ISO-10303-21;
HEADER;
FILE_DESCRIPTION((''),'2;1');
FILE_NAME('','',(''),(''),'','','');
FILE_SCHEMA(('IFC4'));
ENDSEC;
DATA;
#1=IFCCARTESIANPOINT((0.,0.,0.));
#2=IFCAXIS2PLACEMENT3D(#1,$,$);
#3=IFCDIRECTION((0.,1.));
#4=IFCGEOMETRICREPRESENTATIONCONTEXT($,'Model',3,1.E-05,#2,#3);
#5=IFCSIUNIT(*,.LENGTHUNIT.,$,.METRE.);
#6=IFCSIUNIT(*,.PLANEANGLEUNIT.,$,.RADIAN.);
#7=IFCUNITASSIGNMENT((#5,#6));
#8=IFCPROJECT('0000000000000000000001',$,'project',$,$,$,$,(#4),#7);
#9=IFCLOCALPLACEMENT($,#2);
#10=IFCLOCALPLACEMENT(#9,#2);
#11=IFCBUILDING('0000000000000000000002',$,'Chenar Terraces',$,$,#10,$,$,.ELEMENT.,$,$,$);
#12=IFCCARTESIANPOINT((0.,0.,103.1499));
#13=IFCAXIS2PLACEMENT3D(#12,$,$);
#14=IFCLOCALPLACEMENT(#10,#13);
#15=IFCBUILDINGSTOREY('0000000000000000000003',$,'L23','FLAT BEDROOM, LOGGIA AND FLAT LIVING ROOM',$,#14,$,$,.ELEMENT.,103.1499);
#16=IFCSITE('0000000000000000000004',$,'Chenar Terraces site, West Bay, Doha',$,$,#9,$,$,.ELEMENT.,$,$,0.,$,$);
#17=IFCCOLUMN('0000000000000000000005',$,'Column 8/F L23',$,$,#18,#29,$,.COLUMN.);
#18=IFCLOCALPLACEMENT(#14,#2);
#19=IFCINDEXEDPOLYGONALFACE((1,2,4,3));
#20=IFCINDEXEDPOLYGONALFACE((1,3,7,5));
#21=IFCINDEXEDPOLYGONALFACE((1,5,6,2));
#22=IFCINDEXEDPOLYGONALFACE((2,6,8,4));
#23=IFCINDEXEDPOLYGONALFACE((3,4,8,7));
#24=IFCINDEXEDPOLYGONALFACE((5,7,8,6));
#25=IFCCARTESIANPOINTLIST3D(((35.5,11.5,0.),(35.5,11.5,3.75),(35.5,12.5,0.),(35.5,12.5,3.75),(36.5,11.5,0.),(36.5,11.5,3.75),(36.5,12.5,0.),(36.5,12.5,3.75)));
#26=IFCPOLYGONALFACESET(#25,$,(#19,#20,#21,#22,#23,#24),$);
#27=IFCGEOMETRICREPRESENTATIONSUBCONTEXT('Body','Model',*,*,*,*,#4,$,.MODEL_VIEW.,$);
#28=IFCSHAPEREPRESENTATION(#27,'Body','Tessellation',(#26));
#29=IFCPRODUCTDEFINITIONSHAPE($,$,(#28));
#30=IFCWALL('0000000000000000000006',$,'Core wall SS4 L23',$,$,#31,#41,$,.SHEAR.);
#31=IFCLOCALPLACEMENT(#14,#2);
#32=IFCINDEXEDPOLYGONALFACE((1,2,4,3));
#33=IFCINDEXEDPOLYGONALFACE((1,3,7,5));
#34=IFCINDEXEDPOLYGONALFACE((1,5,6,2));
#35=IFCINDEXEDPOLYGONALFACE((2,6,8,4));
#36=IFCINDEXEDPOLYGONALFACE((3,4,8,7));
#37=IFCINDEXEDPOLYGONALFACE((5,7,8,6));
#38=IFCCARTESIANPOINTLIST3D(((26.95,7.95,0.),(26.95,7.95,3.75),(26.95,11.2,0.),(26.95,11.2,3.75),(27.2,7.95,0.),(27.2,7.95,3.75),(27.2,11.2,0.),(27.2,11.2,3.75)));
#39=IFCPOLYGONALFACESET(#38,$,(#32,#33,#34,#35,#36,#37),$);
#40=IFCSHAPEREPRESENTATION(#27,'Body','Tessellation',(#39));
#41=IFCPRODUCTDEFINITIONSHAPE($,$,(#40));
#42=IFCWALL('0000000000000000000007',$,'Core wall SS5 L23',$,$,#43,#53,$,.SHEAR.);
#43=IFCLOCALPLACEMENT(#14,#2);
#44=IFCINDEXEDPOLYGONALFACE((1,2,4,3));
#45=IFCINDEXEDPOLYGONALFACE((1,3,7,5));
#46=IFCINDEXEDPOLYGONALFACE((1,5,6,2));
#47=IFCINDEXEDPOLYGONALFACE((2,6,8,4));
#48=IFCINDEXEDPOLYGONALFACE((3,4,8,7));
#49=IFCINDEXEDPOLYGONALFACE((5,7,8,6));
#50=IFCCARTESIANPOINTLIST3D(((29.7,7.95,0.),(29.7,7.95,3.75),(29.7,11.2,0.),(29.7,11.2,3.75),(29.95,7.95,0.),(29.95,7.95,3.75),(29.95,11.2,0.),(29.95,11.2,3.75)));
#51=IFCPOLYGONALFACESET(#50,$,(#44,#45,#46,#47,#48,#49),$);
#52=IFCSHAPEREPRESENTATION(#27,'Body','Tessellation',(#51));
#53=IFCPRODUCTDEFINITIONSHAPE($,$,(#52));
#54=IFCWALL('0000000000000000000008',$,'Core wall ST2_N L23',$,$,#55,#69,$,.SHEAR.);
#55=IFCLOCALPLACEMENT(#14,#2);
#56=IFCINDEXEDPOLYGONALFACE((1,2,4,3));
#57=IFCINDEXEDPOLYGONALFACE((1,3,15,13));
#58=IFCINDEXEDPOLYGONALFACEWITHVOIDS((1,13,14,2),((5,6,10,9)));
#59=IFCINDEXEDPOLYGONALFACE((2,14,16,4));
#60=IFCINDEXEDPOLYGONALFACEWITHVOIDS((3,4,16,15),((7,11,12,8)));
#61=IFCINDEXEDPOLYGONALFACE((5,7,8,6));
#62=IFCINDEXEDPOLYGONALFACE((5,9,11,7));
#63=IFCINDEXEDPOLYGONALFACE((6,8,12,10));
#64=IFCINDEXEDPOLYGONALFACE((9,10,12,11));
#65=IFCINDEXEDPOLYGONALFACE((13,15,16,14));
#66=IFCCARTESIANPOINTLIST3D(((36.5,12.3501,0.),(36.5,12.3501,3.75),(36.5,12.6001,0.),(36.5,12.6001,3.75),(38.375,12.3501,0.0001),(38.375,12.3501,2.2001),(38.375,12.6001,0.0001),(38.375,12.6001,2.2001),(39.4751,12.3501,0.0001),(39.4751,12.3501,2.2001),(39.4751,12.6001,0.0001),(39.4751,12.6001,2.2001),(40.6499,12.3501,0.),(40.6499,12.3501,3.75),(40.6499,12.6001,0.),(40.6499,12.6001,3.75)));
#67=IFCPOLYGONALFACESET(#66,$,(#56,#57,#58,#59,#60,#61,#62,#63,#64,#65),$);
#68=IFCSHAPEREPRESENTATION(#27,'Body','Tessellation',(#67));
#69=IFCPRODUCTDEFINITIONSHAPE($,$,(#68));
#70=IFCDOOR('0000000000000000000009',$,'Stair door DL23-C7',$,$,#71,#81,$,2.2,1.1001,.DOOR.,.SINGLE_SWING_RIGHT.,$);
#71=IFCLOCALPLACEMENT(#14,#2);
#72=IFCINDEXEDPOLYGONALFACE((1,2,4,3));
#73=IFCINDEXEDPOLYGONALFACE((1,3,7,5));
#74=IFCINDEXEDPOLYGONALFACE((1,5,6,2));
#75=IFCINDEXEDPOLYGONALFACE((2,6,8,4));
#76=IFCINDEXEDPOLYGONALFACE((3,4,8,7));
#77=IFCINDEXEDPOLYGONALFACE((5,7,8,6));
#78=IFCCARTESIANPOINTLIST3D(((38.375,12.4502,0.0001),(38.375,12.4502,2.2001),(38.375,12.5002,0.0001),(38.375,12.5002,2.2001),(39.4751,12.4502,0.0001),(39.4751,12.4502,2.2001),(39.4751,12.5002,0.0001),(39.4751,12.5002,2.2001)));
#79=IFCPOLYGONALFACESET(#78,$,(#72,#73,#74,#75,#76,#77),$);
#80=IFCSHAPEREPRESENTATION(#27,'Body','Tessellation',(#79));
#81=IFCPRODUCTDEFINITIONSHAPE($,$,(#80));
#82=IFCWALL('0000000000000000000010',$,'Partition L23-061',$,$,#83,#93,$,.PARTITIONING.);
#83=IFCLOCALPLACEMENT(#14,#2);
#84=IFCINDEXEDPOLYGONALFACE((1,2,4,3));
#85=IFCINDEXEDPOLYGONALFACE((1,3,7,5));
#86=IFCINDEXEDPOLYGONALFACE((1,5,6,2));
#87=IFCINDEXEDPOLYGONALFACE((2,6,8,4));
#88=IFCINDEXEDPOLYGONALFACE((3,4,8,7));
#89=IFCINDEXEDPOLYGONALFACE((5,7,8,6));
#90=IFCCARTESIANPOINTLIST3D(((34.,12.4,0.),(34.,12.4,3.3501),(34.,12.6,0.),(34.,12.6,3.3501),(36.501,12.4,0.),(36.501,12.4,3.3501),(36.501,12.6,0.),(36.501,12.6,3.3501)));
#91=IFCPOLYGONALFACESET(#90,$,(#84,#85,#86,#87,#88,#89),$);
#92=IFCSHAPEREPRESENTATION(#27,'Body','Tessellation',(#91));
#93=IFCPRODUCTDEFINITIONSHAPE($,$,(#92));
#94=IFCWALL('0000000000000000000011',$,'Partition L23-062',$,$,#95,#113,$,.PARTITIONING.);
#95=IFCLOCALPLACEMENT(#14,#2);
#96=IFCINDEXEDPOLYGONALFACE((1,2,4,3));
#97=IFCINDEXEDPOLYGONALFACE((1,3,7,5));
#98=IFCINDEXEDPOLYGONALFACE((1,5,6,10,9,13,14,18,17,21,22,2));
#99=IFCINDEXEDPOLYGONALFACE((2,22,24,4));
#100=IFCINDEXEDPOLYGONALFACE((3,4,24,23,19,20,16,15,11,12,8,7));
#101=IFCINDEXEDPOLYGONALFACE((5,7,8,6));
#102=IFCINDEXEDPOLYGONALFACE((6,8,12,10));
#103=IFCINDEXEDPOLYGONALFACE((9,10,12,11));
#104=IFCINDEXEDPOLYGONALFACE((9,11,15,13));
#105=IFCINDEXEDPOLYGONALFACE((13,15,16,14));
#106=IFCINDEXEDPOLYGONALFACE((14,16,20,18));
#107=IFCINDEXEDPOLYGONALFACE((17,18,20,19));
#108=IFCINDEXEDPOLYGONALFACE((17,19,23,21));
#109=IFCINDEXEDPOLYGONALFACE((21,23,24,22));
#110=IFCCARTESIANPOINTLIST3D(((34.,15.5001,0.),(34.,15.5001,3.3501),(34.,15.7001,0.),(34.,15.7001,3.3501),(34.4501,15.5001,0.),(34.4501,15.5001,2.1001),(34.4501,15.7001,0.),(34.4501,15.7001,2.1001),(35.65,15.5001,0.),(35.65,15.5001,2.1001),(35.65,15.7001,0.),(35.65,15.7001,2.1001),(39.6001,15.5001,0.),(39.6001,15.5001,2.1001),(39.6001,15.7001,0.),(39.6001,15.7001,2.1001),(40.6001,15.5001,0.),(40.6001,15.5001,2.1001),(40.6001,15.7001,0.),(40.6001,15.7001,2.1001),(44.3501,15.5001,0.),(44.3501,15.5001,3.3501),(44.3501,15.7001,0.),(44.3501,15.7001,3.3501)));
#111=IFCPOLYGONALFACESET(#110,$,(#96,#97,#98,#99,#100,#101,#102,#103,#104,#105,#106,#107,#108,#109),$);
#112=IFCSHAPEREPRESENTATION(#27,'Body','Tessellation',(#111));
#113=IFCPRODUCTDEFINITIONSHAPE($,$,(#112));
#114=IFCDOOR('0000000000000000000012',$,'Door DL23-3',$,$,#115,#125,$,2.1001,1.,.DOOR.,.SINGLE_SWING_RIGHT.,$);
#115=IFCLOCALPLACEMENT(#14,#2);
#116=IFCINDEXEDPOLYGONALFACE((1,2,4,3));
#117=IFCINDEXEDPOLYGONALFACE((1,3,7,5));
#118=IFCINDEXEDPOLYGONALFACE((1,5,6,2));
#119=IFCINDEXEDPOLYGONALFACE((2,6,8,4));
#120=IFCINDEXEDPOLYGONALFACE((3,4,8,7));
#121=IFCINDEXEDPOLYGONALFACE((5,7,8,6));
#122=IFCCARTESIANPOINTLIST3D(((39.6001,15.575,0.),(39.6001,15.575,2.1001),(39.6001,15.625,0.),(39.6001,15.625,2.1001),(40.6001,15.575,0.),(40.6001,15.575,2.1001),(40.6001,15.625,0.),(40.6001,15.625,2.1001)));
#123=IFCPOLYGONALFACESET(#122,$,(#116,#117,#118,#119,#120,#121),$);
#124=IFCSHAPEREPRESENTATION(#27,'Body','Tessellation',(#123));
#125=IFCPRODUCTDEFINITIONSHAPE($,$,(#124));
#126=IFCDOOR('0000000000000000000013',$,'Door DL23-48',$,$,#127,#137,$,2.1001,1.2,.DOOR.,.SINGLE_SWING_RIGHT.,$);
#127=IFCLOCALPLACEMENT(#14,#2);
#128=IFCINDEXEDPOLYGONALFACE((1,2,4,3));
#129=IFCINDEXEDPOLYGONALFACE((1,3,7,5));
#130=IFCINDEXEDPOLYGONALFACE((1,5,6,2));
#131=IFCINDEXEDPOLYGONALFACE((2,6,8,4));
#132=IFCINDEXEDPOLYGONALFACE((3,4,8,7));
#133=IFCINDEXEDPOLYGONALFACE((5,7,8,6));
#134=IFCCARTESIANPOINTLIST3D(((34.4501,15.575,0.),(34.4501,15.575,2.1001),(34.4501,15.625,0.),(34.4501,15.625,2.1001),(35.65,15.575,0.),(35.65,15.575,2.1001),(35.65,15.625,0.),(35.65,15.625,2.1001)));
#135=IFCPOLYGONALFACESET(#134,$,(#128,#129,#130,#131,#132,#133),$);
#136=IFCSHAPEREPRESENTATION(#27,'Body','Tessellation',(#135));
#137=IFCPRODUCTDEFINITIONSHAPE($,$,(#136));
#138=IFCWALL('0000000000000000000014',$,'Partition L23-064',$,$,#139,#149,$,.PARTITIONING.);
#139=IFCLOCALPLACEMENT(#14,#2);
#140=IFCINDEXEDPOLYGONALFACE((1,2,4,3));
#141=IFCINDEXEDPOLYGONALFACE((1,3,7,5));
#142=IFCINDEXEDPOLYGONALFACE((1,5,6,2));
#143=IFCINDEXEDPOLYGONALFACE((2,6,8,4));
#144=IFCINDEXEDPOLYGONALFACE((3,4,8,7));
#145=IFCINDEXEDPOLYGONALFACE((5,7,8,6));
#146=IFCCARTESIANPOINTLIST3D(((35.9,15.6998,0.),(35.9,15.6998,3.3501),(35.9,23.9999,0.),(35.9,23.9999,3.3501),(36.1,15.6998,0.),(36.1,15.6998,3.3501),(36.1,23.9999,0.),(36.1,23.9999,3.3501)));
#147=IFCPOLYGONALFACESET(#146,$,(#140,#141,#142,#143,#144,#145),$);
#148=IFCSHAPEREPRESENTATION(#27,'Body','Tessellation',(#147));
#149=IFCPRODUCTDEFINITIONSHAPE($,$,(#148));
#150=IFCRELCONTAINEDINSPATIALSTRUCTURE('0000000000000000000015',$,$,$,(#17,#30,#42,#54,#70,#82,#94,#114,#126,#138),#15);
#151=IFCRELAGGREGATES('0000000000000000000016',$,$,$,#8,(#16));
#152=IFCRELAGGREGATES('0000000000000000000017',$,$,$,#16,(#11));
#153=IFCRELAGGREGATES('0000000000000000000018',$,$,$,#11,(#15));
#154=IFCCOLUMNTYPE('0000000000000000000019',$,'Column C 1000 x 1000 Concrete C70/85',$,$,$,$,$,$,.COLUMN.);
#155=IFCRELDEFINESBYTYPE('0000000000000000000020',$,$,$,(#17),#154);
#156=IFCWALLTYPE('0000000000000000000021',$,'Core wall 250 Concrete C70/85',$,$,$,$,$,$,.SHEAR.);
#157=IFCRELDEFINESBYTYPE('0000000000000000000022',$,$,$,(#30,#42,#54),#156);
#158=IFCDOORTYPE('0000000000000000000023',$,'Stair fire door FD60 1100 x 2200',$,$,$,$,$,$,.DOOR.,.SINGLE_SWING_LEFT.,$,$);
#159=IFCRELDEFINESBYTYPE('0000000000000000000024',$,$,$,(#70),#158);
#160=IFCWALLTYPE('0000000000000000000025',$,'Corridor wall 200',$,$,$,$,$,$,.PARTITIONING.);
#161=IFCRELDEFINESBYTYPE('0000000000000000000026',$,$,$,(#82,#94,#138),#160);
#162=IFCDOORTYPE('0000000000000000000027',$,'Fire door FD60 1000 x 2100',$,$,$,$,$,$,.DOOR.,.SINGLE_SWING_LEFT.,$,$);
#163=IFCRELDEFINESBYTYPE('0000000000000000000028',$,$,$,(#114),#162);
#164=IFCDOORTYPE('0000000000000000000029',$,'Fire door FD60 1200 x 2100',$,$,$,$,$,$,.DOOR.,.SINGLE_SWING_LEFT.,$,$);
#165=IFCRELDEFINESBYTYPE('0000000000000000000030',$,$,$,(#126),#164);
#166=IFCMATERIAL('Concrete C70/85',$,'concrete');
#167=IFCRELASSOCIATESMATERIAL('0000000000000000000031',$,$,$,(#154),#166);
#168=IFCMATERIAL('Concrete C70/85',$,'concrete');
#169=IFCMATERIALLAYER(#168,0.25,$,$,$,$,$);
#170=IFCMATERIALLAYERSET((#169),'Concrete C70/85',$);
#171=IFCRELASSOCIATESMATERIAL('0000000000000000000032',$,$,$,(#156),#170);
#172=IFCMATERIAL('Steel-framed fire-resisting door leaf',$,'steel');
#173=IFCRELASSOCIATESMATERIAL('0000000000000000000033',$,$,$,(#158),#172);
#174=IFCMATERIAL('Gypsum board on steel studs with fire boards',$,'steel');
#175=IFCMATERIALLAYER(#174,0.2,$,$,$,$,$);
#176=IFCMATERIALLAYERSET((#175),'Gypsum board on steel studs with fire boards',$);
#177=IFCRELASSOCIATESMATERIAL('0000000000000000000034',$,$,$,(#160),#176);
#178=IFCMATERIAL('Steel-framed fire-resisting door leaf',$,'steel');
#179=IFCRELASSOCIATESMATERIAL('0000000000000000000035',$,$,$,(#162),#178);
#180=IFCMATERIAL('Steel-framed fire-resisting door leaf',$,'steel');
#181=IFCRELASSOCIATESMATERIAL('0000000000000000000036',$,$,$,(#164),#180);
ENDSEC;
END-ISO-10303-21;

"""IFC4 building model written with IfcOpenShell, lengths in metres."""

from ifc_helpers import new_model, si_unit, direction, frame, frame_2d, origin, origin_2d, place, context, subcontext, project, spatial, rectangle, extrude, material, layer, layer_set, material_profile, profile_set, type_object, element, fill, save


model = new_model("IFC4")

# Units and contexts
model_context = context("Model", 3, precision=1e-05, world=origin(), true_north=direction((0.0, 1.0)))
body_context = subcontext(model_context, "Body", "Model", "MODEL_VIEW")
ifc_project = project(units=[si_unit("LENGTHUNIT", "METRE"), si_unit("PLANEANGLEUNIT", "RADIAN")], contexts=[model_context])

# Site, building, storey
site_placement = place(None, origin())
site = spatial("IfcSite", under=ifc_project, at=site_placement, Name="Chenar Terraces site, West Bay, Doha", CompositionType="ELEMENT", RefElevation=0.0)
building_placement = place(site_placement, origin())
building = spatial("IfcBuilding", under=site, at=building_placement, Name="Chenar Terraces", CompositionType="ELEMENT")
storey_placement = place(building_placement, frame((0.0, 0.0, 103.1499)))
storey = spatial("IfcBuildingStorey", under=building, at=storey_placement, Name="L23", Description="FLAT BEDROOM, LOGGIA AND FLAT LIVING ROOM", CompositionType="ELEMENT", Elevation=103.1499)

# Column
ifc_material_1 = material(Name="Concrete C70/85", Category="concrete")
ifc_material_profile = material_profile(ifc_material_1, rectangle(XDim=1.0, YDim=1.0, at=origin_2d()), Name="C 1000 x 1000")
ifc_profile_set = profile_set([ifc_material_profile], Name="Concrete C70/85")
column_type = type_object("IfcColumnType", Name="Column C 1000 x 1000 Concrete C70/85", PredefinedType="COLUMN", material=ifc_profile_set)
column_placement = place(storey_placement, frame((36.0, 12.0, 0.0), z_axis=(0.0, 0.0, 1.0), x_axis=(1.0, 0.0, 0.0)))
element("IfcColumn", 1, at=column_placement, inside=storey, type_object=column_type, Name="Column 8/F L23", PredefinedType="COLUMN", context=body_context, shape_type="SweptSolid", body=[
    extrude(rectangle(XDim=1.0, YDim=1.0, at=origin_2d()), origin(), (0.0, 0.0, 1.0), 3.75),
])

# Walls
ifc_material_2 = material(Name="Concrete C70/85", Category="concrete")
ifc_layer_1 = layer(ifc_material_2, 0.25)
ifc_layer_set_1 = layer_set([ifc_layer_1], Name="Concrete C70/85")
wall_type_1 = type_object("IfcWallType", Name="Core wall 250 Concrete C70/85", PredefinedType="SHEAR", material=ifc_layer_set_1)
for number, where, z_axis, x_axis, name in (
    (2, (27.075, 7.95, 0.0), (0.0, 0.0, 1.0), (0.0, 1.0, 0.0), "Core wall SS4 L23"),
    (3, (29.825, 7.95, 0.0), (0.0, 0.0, 1.0), (0.0, 1.0, 0.0), "Core wall SS5 L23"),
):
    element("IfcWall", number, at=place(storey_placement, frame(where, z_axis=z_axis, x_axis=x_axis)), inside=storey, type_object=wall_type_1, Name=name, PredefinedType="SHEAR", context=body_context, shape_type="SweptSolid", body=[
        extrude(rectangle(XDim=3.25, YDim=0.25, at=frame_2d((1.625, 0.0))), origin(), (0.0, 0.0, 1.0), 3.75),
    ])

# Wall, opening, door
wall_1_placement = place(storey_placement, frame((36.5, 12.4751, 0.0), z_axis=(0.0, 0.0, 1.0), x_axis=(1.0, 0.0, 0.0)))
wall_1 = element("IfcWall", 4, at=wall_1_placement, inside=storey, type_object=wall_type_1, Name="Core wall ST2_N L23", PredefinedType="SHEAR", context=body_context, shape_type="SweptSolid", body=[
    extrude(rectangle(XDim=4.1499, YDim=0.25, at=frame_2d((2.075, 0.0))), origin(), (0.0, 0.0, 1.0), 3.75),
])
opening_1_placement = place(wall_1_placement, frame((1.875, 0.0, 0.0)))
opening_1 = element("IfcOpeningElement", 5, at=opening_1_placement, cuts=wall_1, PredefinedType="OPENING", context=body_context, shape_type="SweptSolid", body=[
    extrude(rectangle(XDim=1.1001, YDim=2.2, at=frame_2d((0.55, 1.1001))), frame((0.0, 0.135, 0.0), z_axis=(0.0, -1.0, 0.0), x_axis=(1.0, 0.0, 0.0)), (0.0, 0.0, 1.0), 0.27),
])
ifc_material_3 = material(Name="Steel-framed fire-resisting door leaf", Category="steel")
door_type_1 = type_object("IfcDoorType", Name="Stair fire door FD60 1100 x 2200", OperationType="SINGLE_SWING_LEFT", PredefinedType="DOOR", material=ifc_material_3)
door_1_placement = place(opening_1_placement, frame((1.1001, 0.0, 0.0), z_axis=(0.0, 0.0, 1.0), x_axis=(-1.0, 0.0, 0.0)))
door_1 = element("IfcDoor", 6, at=door_1_placement, inside=storey, type_object=door_type_1, Name="Stair door DL23-C7", OperationType="SINGLE_SWING_RIGHT", OverallHeight=2.2, OverallWidth=1.1001, PredefinedType="DOOR", context=body_context, shape_type="SweptSolid", body=[
    extrude(rectangle(XDim=1.1001, YDim=2.2, at=frame_2d((0.55, 1.1001))), frame((0.0, 0.0249, 0.0), z_axis=(0.0, -1.0, 0.0), x_axis=(1.0, 0.0, 0.0)), (0.0, 0.0, 1.0), 0.05),
])
fill(opening_1, door_1)

# Wall
ifc_material_4 = material(Name="Gypsum board on steel studs with fire boards", Category="steel")
ifc_layer_2 = layer(ifc_material_4, 0.2)
ifc_layer_set_2 = layer_set([ifc_layer_2], Name="Gypsum board on steel studs with fire boards")
wall_type_2 = type_object("IfcWallType", Name="Corridor wall 200", PredefinedType="PARTITIONING", material=ifc_layer_set_2)
wall_2_placement = place(storey_placement, frame((34.0, 12.5, 0.0), z_axis=(0.0, 0.0, 1.0), x_axis=(1.0, 0.0, 0.0)))
element("IfcWall", 7, at=wall_2_placement, inside=storey, type_object=wall_type_2, Name="Partition L23-061", PredefinedType="PARTITIONING", context=body_context, shape_type="SweptSolid", body=[
    extrude(rectangle(XDim=2.501, YDim=0.2, at=frame_2d((1.2505, 0.0))), origin(), (0.0, 0.0, 1.0), 3.3501),
])

# Wall, openings, doors
wall_3_placement = place(storey_placement, frame((34.0, 15.6001, 0.0), z_axis=(0.0, 0.0, 1.0), x_axis=(1.0, 0.0, 0.0)))
wall_3 = element("IfcWall", 8, at=wall_3_placement, inside=storey, type_object=wall_type_2, Name="Partition L23-062", PredefinedType="PARTITIONING", context=body_context, shape_type="SweptSolid", body=[
    extrude(rectangle(XDim=10.3501, YDim=0.2, at=frame_2d((5.175, 0.0))), origin(), (0.0, 0.0, 1.0), 3.3501),
])
opening_2_placement = place(wall_3_placement, frame((5.6001, 0.0, 0.0)))
opening_2 = element("IfcOpeningElement", 9, at=opening_2_placement, cuts=wall_3, PredefinedType="OPENING", context=body_context, shape_type="SweptSolid", body=[
    extrude(rectangle(XDim=1.0, YDim=2.1001, at=frame_2d((0.5, 1.05))), frame((0.0, 0.1099, 0.0), z_axis=(0.0, -1.0, 0.0), x_axis=(1.0, 0.0, 0.0)), (0.0, 0.0, 1.0), 0.22),
])
opening_3_placement = place(wall_3_placement, frame((0.45, 0.0, 0.0)))
opening_3 = element("IfcOpeningElement", 10, at=opening_3_placement, cuts=wall_3, PredefinedType="OPENING", context=body_context, shape_type="SweptSolid", body=[
    extrude(rectangle(XDim=1.2, YDim=2.1001, at=frame_2d((0.6001, 1.05))), frame((0.0, 0.1099, 0.0), z_axis=(0.0, -1.0, 0.0), x_axis=(1.0, 0.0, 0.0)), (0.0, 0.0, 1.0), 0.22),
])
ifc_material_5 = material(Name="Steel-framed fire-resisting door leaf", Category="steel")
door_type_2 = type_object("IfcDoorType", Name="Fire door FD60 1000 x 2100", OperationType="SINGLE_SWING_LEFT", PredefinedType="DOOR", material=ifc_material_5)
door_2_placement = place(opening_2_placement, origin())
door_2 = element("IfcDoor", 11, at=door_2_placement, inside=storey, type_object=door_type_2, Name="Door DL23-3", OperationType="SINGLE_SWING_RIGHT", OverallHeight=2.1001, OverallWidth=1.0, PredefinedType="DOOR", context=body_context, shape_type="SweptSolid", body=[
    extrude(rectangle(XDim=1.0, YDim=2.1001, at=frame_2d((0.5, 1.05))), frame((0.0, 0.0249, 0.0), z_axis=(0.0, -1.0, 0.0), x_axis=(1.0, 0.0, 0.0)), (0.0, 0.0, 1.0), 0.05),
])
fill(opening_2, door_2)
ifc_material_6 = material(Name="Steel-framed fire-resisting door leaf", Category="steel")
door_type_3 = type_object("IfcDoorType", Name="Fire door FD60 1200 x 2100", OperationType="SINGLE_SWING_LEFT", PredefinedType="DOOR", material=ifc_material_6)
door_3_placement = place(opening_3_placement, origin())
door_3 = element("IfcDoor", 12, at=door_3_placement, inside=storey, type_object=door_type_3, Name="Door DL23-48", OperationType="SINGLE_SWING_RIGHT", OverallHeight=2.1001, OverallWidth=1.2, PredefinedType="DOOR", context=body_context, shape_type="SweptSolid", body=[
    extrude(rectangle(XDim=1.2, YDim=2.1001, at=frame_2d((0.6001, 1.05))), frame((0.0, 0.0249, 0.0), z_axis=(0.0, -1.0, 0.0), x_axis=(1.0, 0.0, 0.0)), (0.0, 0.0, 1.0), 0.05),
])
fill(opening_3, door_3)

# Wall
wall_4_placement = place(storey_placement, frame((36.0, 15.7, 0.0), z_axis=(0.0, 0.0, 1.0), x_axis=(0.0, 1.0, 0.0)))
element("IfcWall", 13, at=wall_4_placement, inside=storey, type_object=wall_type_2, Name="Partition L23-064", PredefinedType="PARTITIONING", context=body_context, shape_type="SweptSolid", body=[
    extrude(rectangle(XDim=8.3, YDim=0.2, at=frame_2d((4.1499, 0.0))), origin(), (0.0, 0.0, 1.0), 3.3501),
])

save(model, "model.ifc")
